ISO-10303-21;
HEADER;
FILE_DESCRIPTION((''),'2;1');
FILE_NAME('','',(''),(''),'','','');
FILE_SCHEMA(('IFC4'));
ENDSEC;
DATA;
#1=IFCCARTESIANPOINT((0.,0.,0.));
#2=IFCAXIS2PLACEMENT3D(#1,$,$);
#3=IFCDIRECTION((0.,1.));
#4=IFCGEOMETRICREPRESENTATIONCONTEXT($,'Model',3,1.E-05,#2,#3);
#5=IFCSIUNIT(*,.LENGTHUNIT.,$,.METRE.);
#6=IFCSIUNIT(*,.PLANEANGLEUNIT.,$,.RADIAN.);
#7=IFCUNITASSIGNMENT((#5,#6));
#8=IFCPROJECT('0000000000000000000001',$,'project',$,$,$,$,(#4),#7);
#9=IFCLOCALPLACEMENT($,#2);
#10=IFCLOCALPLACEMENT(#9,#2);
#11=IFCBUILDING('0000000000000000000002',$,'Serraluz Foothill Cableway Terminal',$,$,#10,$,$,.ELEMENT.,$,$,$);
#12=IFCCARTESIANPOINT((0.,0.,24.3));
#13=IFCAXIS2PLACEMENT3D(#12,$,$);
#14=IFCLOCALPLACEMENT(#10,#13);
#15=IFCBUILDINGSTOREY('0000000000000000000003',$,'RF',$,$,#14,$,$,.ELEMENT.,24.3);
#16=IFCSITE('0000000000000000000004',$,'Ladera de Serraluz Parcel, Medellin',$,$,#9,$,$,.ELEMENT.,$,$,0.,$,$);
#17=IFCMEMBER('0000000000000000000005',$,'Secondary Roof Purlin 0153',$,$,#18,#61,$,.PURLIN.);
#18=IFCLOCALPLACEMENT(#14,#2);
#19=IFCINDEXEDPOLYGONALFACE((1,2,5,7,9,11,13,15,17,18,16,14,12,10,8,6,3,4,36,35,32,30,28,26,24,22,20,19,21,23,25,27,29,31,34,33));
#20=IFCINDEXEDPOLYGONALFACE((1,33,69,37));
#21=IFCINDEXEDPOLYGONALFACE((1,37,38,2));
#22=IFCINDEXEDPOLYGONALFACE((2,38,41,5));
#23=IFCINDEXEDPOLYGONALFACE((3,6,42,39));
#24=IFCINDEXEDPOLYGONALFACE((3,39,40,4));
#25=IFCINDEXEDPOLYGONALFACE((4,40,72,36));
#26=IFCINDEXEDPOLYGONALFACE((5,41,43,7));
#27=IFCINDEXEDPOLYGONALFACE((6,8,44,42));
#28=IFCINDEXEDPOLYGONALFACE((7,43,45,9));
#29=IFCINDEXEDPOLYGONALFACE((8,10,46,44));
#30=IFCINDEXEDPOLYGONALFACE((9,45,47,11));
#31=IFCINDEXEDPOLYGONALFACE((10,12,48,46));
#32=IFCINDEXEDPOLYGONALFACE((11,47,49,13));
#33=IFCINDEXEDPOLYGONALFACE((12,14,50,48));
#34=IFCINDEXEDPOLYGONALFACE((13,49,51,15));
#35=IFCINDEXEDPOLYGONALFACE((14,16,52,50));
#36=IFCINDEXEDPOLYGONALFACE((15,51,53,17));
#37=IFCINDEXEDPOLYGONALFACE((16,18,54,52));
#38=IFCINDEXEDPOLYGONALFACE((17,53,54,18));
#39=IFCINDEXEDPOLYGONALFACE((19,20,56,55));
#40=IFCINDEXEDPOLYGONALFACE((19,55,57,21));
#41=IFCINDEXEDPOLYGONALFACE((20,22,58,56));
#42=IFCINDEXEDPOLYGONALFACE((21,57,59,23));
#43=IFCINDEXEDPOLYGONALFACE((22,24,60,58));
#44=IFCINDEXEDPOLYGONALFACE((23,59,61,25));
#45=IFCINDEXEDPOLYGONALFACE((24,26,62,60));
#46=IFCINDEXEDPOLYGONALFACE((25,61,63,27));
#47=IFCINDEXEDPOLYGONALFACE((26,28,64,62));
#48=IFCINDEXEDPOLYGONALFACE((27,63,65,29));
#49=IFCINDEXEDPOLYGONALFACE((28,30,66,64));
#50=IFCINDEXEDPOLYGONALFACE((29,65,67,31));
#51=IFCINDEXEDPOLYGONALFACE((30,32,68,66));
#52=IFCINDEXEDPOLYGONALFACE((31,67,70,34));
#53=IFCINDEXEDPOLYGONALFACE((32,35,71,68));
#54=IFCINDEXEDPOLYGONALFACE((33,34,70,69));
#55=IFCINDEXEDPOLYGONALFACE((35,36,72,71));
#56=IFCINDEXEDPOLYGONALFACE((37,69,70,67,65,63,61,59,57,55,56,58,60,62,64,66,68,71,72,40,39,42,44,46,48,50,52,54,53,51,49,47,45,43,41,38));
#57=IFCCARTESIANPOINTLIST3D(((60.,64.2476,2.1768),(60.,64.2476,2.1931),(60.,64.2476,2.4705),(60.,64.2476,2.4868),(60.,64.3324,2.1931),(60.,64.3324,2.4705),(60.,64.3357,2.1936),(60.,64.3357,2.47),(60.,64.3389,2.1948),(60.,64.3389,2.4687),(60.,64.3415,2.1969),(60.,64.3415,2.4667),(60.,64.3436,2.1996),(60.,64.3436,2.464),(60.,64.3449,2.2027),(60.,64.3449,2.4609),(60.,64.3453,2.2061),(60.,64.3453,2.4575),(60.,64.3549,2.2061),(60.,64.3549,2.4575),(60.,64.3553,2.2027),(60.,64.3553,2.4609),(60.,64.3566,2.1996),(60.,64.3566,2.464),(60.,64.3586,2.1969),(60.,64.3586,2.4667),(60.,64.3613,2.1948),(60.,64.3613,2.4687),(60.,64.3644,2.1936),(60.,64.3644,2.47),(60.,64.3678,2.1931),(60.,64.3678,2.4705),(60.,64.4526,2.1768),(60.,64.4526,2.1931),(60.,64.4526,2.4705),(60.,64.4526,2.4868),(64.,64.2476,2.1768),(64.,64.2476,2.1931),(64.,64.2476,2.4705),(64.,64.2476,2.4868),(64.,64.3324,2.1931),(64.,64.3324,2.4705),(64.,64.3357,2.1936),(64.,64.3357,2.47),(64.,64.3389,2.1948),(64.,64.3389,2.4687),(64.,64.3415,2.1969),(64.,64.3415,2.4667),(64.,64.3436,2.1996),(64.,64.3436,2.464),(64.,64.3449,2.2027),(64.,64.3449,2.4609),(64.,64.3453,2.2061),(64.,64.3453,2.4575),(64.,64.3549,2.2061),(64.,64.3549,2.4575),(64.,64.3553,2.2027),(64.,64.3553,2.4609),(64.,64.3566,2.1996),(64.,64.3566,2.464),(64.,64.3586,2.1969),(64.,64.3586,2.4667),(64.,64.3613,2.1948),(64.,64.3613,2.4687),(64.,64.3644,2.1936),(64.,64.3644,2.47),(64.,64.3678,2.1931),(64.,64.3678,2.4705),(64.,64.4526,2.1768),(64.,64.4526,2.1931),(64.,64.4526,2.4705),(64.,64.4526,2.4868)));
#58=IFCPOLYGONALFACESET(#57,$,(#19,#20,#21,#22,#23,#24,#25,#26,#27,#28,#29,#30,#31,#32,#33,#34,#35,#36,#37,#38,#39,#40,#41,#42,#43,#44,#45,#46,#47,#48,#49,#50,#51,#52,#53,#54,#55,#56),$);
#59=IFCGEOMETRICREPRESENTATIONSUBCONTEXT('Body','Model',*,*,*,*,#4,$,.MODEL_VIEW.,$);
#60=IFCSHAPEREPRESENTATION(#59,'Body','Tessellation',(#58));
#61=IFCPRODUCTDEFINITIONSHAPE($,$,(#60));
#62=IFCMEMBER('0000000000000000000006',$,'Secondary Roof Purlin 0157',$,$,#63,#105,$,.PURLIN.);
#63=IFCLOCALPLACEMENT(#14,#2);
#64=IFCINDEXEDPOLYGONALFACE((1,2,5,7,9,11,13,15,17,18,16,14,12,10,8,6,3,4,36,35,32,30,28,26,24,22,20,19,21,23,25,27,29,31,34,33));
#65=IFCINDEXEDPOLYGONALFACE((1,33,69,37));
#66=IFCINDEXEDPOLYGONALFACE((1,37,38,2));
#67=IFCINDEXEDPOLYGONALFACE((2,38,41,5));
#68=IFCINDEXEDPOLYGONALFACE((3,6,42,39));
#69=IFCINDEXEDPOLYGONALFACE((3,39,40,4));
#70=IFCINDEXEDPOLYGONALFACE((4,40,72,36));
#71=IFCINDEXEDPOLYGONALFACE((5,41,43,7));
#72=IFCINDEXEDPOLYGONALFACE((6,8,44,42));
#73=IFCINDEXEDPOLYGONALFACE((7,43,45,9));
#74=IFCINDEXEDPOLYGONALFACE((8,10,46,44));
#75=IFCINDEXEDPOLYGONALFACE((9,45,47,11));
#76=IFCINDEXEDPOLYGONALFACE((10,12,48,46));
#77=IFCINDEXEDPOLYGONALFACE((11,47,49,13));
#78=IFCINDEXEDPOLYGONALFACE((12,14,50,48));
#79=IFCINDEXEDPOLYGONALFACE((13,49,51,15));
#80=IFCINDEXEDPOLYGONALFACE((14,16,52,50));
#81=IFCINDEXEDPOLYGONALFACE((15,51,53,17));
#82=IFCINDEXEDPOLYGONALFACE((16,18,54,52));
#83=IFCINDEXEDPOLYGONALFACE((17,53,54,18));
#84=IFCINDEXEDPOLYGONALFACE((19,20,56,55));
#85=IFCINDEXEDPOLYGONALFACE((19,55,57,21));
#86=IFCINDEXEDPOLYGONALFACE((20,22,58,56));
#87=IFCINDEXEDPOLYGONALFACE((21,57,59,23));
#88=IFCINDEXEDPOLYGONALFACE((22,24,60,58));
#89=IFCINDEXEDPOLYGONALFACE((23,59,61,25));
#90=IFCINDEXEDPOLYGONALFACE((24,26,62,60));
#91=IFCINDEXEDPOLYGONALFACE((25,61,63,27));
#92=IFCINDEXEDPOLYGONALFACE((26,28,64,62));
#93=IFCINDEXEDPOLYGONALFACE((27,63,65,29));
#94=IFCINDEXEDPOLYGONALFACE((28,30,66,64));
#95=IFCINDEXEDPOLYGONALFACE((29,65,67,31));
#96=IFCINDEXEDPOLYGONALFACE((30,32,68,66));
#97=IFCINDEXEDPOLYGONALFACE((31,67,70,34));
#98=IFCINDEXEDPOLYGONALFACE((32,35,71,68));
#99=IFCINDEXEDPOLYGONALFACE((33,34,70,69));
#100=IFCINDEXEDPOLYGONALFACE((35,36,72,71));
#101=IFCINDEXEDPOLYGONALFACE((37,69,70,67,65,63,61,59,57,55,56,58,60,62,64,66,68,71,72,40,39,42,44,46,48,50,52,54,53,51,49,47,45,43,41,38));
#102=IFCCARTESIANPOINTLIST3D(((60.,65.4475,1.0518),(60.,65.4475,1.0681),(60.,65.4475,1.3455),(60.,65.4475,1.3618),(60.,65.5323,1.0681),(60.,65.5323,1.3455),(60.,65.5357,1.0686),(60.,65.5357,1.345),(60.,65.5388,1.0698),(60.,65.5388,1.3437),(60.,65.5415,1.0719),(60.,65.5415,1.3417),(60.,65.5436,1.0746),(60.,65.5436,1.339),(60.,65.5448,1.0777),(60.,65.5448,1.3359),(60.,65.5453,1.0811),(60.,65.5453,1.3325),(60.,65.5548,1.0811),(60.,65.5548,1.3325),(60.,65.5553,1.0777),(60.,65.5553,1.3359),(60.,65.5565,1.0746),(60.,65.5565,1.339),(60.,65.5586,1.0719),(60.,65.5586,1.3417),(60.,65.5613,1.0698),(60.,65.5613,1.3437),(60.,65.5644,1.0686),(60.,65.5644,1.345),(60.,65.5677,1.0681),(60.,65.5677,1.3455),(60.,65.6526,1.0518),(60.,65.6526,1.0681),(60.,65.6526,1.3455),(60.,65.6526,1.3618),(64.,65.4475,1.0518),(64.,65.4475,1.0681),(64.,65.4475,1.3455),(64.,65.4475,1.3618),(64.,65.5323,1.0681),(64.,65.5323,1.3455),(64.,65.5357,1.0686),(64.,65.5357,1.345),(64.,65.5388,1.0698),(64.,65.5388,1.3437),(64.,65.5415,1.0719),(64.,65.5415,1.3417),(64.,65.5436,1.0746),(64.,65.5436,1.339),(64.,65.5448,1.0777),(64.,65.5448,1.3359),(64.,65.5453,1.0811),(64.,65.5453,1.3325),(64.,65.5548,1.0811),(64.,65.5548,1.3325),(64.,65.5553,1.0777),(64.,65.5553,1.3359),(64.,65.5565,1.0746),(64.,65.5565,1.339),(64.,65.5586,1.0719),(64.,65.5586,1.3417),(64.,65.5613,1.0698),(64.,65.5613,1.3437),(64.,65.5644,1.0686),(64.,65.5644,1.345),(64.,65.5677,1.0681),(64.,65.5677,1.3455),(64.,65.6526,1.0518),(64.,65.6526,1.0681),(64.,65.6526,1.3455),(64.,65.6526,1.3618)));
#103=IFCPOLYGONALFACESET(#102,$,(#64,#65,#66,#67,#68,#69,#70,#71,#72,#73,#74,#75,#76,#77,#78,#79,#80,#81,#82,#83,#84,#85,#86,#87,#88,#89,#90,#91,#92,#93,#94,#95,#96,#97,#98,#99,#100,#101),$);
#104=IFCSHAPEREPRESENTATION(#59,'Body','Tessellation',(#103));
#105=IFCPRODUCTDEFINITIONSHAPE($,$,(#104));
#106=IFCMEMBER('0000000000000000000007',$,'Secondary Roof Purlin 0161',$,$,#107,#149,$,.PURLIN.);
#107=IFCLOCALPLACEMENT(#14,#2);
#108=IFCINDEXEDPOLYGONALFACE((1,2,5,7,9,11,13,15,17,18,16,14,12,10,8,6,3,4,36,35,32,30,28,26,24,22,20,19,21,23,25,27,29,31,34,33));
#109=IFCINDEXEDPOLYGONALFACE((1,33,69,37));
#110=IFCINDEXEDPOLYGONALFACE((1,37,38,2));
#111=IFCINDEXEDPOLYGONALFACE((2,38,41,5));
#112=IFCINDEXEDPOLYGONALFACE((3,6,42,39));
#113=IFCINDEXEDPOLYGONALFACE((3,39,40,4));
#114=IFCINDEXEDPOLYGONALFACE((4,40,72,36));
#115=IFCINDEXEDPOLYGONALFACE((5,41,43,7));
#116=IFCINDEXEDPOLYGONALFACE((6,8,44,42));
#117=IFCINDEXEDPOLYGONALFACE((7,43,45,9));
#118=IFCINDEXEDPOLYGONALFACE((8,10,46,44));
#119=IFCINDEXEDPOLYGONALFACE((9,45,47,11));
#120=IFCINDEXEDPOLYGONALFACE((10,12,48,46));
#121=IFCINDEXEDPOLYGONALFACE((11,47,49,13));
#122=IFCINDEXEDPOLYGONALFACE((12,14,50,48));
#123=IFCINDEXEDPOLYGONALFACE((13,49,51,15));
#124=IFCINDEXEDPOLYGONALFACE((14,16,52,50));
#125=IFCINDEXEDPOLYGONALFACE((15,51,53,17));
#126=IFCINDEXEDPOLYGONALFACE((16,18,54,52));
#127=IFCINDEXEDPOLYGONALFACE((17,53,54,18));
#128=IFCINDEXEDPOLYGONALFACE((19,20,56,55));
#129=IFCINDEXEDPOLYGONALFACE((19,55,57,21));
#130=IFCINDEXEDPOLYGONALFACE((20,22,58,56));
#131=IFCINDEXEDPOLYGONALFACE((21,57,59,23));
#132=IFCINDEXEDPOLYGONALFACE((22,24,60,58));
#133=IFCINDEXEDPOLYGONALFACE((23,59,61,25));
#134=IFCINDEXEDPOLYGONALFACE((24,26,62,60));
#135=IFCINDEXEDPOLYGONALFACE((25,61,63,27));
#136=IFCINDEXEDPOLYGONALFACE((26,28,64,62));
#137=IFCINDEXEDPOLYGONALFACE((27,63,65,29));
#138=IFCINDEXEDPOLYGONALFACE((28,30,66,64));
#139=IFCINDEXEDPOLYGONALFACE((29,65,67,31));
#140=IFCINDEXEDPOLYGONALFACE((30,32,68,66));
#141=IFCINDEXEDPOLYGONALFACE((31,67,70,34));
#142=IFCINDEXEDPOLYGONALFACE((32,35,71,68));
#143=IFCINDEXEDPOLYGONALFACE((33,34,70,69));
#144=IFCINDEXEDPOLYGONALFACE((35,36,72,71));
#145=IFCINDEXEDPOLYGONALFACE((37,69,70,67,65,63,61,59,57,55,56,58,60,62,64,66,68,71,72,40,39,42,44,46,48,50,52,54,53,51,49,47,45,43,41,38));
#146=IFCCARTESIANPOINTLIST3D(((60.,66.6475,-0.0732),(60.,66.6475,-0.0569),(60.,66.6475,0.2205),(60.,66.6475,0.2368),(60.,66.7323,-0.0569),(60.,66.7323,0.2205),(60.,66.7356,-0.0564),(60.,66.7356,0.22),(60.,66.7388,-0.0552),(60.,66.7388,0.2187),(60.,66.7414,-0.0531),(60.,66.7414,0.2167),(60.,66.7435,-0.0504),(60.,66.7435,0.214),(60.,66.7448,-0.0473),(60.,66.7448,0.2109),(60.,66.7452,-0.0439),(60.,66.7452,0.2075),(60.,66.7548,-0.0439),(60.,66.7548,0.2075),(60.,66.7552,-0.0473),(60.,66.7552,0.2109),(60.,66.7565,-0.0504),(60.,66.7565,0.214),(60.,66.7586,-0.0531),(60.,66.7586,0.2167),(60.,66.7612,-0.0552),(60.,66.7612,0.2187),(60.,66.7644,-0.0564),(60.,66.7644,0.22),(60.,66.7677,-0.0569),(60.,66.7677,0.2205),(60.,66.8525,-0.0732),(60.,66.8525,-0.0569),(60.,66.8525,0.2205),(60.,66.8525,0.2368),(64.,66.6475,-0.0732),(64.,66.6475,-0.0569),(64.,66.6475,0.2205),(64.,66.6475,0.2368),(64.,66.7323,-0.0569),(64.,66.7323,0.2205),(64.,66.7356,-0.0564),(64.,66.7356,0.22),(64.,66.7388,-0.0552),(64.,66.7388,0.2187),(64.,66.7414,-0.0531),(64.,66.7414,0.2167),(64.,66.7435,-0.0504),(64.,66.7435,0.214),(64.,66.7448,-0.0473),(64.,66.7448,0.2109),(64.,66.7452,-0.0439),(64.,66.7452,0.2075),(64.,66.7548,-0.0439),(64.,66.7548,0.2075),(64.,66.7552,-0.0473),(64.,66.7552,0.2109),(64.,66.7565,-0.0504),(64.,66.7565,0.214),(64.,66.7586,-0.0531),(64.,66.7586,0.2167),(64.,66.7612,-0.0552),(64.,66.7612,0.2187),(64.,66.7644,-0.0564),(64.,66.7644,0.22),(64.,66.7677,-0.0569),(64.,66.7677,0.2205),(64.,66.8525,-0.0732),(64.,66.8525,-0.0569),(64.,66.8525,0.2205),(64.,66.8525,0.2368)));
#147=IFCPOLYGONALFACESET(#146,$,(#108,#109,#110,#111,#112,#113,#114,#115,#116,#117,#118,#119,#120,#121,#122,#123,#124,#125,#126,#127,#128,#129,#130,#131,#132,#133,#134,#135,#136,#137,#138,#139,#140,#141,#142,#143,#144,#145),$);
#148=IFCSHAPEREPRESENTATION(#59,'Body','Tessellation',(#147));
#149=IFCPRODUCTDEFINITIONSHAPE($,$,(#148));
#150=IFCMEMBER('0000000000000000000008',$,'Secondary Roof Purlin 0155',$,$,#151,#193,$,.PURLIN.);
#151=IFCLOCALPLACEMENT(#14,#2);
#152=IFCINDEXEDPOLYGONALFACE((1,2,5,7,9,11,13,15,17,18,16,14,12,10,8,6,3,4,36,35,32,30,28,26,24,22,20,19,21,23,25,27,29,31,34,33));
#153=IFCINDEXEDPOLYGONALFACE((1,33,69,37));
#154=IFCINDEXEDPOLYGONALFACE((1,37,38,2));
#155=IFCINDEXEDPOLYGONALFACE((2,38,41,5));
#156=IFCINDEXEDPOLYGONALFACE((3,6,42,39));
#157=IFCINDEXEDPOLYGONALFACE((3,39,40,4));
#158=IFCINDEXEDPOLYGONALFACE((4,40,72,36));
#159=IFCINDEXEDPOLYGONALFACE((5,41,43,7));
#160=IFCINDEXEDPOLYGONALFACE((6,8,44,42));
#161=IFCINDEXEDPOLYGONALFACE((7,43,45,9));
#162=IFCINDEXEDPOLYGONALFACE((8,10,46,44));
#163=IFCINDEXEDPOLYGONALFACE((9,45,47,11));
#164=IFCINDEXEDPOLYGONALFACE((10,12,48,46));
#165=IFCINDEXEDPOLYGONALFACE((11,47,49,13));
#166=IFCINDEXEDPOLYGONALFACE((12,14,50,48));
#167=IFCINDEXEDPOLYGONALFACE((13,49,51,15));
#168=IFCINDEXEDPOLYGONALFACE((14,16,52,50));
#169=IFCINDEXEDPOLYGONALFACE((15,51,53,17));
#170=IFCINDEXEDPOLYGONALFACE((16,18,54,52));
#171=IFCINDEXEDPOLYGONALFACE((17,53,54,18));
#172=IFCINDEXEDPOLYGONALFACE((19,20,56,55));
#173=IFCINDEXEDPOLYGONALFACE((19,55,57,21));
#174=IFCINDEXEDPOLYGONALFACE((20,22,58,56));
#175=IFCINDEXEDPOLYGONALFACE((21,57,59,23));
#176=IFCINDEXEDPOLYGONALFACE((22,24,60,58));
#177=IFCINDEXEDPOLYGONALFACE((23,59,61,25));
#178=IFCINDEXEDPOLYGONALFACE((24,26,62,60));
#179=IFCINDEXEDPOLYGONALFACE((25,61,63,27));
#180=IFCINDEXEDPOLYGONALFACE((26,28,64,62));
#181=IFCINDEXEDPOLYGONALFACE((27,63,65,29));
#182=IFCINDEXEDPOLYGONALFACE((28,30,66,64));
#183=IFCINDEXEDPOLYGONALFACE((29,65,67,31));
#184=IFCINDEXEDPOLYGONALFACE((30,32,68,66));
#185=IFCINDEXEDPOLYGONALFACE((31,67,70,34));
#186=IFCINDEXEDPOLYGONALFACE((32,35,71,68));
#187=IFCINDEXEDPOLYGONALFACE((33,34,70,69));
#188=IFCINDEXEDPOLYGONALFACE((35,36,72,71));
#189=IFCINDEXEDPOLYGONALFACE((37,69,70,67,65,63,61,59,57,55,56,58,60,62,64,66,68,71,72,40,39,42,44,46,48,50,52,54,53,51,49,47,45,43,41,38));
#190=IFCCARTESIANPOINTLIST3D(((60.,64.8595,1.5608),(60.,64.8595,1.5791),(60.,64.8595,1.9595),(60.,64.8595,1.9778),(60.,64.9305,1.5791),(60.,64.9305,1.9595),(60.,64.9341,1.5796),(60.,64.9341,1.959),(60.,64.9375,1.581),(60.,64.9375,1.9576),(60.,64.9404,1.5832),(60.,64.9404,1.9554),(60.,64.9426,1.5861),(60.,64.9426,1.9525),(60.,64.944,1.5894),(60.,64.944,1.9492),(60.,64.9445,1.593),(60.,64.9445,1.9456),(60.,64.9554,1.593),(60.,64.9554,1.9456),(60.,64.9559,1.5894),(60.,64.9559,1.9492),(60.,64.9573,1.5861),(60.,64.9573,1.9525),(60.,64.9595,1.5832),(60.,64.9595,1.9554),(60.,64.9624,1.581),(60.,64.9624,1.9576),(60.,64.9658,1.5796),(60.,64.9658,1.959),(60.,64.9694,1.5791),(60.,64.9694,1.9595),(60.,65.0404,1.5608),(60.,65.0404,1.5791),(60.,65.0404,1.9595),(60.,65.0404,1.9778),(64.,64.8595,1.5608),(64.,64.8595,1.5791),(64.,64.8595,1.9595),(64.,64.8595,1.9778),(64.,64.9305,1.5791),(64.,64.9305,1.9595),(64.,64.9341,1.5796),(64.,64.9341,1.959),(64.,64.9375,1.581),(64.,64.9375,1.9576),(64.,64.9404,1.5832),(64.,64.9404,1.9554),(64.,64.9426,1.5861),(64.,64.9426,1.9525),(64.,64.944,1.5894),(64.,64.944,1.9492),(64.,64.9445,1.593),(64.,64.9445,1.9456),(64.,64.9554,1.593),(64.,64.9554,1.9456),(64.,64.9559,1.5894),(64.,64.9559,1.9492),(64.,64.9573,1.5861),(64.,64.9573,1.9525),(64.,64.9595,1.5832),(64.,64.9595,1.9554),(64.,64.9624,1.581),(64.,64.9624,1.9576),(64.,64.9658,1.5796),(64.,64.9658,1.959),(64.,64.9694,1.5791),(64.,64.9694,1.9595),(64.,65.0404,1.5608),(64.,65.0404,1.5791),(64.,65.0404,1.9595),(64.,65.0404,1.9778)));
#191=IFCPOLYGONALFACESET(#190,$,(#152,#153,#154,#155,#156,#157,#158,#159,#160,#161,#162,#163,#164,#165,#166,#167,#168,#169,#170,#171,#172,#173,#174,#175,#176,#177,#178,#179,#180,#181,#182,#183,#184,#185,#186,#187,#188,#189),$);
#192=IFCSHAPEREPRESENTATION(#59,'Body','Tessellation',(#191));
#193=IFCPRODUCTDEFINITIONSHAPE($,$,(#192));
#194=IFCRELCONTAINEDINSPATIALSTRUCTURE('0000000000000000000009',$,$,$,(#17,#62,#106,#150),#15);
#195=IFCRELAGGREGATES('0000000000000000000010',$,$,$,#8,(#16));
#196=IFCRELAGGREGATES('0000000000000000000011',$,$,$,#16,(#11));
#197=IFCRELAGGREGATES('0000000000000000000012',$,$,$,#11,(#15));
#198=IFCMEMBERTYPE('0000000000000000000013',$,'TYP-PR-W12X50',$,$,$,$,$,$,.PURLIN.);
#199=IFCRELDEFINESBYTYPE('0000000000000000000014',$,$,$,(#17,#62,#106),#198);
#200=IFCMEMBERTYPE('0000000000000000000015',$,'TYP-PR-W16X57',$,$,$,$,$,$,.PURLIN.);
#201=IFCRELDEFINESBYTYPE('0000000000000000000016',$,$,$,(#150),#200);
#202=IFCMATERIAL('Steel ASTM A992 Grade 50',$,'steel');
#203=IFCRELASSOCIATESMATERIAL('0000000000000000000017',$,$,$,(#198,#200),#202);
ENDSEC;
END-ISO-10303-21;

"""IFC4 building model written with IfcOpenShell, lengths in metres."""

from ifc_helpers import new_model, si_unit, direction, frame, origin, origin_2d, place, context, subcontext, project, spatial, i_section, extrude, material, material_profile, profile_set, type_object, element, save


model = new_model("IFC4")

# Units and contexts
model_context = context("Model", 3, precision=1e-05, world=origin(), true_north=direction((0.0, 1.0)))
body_context = subcontext(model_context, "Body", "Model", "MODEL_VIEW")
ifc_project = project(units=[si_unit("LENGTHUNIT", "METRE"), si_unit("PLANEANGLEUNIT", "RADIAN")], contexts=[model_context])

# Site, building, storey
site_placement = place(None, origin())
site = spatial("IfcSite", under=ifc_project, at=site_placement, Name="Ladera de Serraluz Parcel, Medellin", CompositionType="ELEMENT", RefElevation=0.0)
building_placement = place(site_placement, origin())
building = spatial("IfcBuilding", under=site, at=building_placement, Name="Serraluz Foothill Cableway Terminal", CompositionType="ELEMENT")
storey_placement = place(building_placement, frame((0.0, 0.0, 24.3)))
storey = spatial("IfcBuildingStorey", under=building, at=storey_placement, Name="RF", CompositionType="ELEMENT", Elevation=24.3)

# Members
ifc_material_1 = material(Name="Steel ASTM A992 Grade 50", Category="steel")
ifc_material_profile_1 = material_profile(ifc_material_1, i_section(OverallWidth=0.2051, OverallDepth=0.3101, WebThickness=0.0095, FlangeThickness=0.0164, FilletRadius=0.0129, at=origin_2d()), Name="W12X50")
ifc_profile_set_1 = profile_set([ifc_material_profile_1], Name="Steel ASTM A992 Grade 50")
member_type_1 = type_object("IfcMemberType", Name="TYP-PR-W12X50", PredefinedType="PURLIN", material=ifc_profile_set_1)
for number, where, z_axis, x_axis, name in (
    (1, (60.0, 64.3501, 2.3318), (1.0, 0.0, 0.0), (0.0, 1.0, 0.0), "Secondary Roof Purlin 0153"),
    (2, (60.0, 65.55, 1.2068), (1.0, 0.0, 0.0), (0.0, 1.0, 0.0), "Secondary Roof Purlin 0157"),
    (3, (60.0, 66.75, 0.0818), (1.0, 0.0, 0.0), (0.0, 1.0, 0.0), "Secondary Roof Purlin 0161"),
):
    element("IfcMember", number, at=place(storey_placement, frame(where, z_axis=z_axis, x_axis=x_axis)), inside=storey, type_object=member_type_1, Name=name, PredefinedType="PURLIN", context=body_context, shape_type="SweptSolid", body=[
        extrude(i_section(OverallWidth=0.2051, OverallDepth=0.3101, WebThickness=0.0095, FlangeThickness=0.0164, FilletRadius=0.0129, at=origin_2d()), origin(), (0.0, 0.0, 1.0), 4.0),
    ])
ifc_material_profile_2 = material_profile(ifc_material_1, i_section(OverallWidth=0.1809, OverallDepth=0.417, WebThickness=0.011, FlangeThickness=0.0183, FilletRadius=0.0139, at=origin_2d()), Name="W16X57")
ifc_profile_set_2 = profile_set([ifc_material_profile_2], Name="Steel ASTM A992 Grade 50")
member_type_2 = type_object("IfcMemberType", Name="TYP-PR-W16X57", PredefinedType="PURLIN", material=ifc_profile_set_2)
for number, where, z_axis, x_axis, name in (
    (4, (60.0, 64.95, 1.7693), (1.0, 0.0, 0.0), (0.0, 1.0, 0.0), "Secondary Roof Purlin 0155"),
):
    element("IfcMember", number, at=place(storey_placement, frame(where, z_axis=z_axis, x_axis=x_axis)), inside=storey, type_object=member_type_2, Name=name, PredefinedType="PURLIN", context=body_context, shape_type="SweptSolid", body=[
        extrude(i_section(OverallWidth=0.1809, OverallDepth=0.417, WebThickness=0.011, FlangeThickness=0.0183, FilletRadius=0.0139, at=origin_2d()), origin(), (0.0, 0.0, 1.0), 4.0),
    ])

save(model, "model.ifc")
